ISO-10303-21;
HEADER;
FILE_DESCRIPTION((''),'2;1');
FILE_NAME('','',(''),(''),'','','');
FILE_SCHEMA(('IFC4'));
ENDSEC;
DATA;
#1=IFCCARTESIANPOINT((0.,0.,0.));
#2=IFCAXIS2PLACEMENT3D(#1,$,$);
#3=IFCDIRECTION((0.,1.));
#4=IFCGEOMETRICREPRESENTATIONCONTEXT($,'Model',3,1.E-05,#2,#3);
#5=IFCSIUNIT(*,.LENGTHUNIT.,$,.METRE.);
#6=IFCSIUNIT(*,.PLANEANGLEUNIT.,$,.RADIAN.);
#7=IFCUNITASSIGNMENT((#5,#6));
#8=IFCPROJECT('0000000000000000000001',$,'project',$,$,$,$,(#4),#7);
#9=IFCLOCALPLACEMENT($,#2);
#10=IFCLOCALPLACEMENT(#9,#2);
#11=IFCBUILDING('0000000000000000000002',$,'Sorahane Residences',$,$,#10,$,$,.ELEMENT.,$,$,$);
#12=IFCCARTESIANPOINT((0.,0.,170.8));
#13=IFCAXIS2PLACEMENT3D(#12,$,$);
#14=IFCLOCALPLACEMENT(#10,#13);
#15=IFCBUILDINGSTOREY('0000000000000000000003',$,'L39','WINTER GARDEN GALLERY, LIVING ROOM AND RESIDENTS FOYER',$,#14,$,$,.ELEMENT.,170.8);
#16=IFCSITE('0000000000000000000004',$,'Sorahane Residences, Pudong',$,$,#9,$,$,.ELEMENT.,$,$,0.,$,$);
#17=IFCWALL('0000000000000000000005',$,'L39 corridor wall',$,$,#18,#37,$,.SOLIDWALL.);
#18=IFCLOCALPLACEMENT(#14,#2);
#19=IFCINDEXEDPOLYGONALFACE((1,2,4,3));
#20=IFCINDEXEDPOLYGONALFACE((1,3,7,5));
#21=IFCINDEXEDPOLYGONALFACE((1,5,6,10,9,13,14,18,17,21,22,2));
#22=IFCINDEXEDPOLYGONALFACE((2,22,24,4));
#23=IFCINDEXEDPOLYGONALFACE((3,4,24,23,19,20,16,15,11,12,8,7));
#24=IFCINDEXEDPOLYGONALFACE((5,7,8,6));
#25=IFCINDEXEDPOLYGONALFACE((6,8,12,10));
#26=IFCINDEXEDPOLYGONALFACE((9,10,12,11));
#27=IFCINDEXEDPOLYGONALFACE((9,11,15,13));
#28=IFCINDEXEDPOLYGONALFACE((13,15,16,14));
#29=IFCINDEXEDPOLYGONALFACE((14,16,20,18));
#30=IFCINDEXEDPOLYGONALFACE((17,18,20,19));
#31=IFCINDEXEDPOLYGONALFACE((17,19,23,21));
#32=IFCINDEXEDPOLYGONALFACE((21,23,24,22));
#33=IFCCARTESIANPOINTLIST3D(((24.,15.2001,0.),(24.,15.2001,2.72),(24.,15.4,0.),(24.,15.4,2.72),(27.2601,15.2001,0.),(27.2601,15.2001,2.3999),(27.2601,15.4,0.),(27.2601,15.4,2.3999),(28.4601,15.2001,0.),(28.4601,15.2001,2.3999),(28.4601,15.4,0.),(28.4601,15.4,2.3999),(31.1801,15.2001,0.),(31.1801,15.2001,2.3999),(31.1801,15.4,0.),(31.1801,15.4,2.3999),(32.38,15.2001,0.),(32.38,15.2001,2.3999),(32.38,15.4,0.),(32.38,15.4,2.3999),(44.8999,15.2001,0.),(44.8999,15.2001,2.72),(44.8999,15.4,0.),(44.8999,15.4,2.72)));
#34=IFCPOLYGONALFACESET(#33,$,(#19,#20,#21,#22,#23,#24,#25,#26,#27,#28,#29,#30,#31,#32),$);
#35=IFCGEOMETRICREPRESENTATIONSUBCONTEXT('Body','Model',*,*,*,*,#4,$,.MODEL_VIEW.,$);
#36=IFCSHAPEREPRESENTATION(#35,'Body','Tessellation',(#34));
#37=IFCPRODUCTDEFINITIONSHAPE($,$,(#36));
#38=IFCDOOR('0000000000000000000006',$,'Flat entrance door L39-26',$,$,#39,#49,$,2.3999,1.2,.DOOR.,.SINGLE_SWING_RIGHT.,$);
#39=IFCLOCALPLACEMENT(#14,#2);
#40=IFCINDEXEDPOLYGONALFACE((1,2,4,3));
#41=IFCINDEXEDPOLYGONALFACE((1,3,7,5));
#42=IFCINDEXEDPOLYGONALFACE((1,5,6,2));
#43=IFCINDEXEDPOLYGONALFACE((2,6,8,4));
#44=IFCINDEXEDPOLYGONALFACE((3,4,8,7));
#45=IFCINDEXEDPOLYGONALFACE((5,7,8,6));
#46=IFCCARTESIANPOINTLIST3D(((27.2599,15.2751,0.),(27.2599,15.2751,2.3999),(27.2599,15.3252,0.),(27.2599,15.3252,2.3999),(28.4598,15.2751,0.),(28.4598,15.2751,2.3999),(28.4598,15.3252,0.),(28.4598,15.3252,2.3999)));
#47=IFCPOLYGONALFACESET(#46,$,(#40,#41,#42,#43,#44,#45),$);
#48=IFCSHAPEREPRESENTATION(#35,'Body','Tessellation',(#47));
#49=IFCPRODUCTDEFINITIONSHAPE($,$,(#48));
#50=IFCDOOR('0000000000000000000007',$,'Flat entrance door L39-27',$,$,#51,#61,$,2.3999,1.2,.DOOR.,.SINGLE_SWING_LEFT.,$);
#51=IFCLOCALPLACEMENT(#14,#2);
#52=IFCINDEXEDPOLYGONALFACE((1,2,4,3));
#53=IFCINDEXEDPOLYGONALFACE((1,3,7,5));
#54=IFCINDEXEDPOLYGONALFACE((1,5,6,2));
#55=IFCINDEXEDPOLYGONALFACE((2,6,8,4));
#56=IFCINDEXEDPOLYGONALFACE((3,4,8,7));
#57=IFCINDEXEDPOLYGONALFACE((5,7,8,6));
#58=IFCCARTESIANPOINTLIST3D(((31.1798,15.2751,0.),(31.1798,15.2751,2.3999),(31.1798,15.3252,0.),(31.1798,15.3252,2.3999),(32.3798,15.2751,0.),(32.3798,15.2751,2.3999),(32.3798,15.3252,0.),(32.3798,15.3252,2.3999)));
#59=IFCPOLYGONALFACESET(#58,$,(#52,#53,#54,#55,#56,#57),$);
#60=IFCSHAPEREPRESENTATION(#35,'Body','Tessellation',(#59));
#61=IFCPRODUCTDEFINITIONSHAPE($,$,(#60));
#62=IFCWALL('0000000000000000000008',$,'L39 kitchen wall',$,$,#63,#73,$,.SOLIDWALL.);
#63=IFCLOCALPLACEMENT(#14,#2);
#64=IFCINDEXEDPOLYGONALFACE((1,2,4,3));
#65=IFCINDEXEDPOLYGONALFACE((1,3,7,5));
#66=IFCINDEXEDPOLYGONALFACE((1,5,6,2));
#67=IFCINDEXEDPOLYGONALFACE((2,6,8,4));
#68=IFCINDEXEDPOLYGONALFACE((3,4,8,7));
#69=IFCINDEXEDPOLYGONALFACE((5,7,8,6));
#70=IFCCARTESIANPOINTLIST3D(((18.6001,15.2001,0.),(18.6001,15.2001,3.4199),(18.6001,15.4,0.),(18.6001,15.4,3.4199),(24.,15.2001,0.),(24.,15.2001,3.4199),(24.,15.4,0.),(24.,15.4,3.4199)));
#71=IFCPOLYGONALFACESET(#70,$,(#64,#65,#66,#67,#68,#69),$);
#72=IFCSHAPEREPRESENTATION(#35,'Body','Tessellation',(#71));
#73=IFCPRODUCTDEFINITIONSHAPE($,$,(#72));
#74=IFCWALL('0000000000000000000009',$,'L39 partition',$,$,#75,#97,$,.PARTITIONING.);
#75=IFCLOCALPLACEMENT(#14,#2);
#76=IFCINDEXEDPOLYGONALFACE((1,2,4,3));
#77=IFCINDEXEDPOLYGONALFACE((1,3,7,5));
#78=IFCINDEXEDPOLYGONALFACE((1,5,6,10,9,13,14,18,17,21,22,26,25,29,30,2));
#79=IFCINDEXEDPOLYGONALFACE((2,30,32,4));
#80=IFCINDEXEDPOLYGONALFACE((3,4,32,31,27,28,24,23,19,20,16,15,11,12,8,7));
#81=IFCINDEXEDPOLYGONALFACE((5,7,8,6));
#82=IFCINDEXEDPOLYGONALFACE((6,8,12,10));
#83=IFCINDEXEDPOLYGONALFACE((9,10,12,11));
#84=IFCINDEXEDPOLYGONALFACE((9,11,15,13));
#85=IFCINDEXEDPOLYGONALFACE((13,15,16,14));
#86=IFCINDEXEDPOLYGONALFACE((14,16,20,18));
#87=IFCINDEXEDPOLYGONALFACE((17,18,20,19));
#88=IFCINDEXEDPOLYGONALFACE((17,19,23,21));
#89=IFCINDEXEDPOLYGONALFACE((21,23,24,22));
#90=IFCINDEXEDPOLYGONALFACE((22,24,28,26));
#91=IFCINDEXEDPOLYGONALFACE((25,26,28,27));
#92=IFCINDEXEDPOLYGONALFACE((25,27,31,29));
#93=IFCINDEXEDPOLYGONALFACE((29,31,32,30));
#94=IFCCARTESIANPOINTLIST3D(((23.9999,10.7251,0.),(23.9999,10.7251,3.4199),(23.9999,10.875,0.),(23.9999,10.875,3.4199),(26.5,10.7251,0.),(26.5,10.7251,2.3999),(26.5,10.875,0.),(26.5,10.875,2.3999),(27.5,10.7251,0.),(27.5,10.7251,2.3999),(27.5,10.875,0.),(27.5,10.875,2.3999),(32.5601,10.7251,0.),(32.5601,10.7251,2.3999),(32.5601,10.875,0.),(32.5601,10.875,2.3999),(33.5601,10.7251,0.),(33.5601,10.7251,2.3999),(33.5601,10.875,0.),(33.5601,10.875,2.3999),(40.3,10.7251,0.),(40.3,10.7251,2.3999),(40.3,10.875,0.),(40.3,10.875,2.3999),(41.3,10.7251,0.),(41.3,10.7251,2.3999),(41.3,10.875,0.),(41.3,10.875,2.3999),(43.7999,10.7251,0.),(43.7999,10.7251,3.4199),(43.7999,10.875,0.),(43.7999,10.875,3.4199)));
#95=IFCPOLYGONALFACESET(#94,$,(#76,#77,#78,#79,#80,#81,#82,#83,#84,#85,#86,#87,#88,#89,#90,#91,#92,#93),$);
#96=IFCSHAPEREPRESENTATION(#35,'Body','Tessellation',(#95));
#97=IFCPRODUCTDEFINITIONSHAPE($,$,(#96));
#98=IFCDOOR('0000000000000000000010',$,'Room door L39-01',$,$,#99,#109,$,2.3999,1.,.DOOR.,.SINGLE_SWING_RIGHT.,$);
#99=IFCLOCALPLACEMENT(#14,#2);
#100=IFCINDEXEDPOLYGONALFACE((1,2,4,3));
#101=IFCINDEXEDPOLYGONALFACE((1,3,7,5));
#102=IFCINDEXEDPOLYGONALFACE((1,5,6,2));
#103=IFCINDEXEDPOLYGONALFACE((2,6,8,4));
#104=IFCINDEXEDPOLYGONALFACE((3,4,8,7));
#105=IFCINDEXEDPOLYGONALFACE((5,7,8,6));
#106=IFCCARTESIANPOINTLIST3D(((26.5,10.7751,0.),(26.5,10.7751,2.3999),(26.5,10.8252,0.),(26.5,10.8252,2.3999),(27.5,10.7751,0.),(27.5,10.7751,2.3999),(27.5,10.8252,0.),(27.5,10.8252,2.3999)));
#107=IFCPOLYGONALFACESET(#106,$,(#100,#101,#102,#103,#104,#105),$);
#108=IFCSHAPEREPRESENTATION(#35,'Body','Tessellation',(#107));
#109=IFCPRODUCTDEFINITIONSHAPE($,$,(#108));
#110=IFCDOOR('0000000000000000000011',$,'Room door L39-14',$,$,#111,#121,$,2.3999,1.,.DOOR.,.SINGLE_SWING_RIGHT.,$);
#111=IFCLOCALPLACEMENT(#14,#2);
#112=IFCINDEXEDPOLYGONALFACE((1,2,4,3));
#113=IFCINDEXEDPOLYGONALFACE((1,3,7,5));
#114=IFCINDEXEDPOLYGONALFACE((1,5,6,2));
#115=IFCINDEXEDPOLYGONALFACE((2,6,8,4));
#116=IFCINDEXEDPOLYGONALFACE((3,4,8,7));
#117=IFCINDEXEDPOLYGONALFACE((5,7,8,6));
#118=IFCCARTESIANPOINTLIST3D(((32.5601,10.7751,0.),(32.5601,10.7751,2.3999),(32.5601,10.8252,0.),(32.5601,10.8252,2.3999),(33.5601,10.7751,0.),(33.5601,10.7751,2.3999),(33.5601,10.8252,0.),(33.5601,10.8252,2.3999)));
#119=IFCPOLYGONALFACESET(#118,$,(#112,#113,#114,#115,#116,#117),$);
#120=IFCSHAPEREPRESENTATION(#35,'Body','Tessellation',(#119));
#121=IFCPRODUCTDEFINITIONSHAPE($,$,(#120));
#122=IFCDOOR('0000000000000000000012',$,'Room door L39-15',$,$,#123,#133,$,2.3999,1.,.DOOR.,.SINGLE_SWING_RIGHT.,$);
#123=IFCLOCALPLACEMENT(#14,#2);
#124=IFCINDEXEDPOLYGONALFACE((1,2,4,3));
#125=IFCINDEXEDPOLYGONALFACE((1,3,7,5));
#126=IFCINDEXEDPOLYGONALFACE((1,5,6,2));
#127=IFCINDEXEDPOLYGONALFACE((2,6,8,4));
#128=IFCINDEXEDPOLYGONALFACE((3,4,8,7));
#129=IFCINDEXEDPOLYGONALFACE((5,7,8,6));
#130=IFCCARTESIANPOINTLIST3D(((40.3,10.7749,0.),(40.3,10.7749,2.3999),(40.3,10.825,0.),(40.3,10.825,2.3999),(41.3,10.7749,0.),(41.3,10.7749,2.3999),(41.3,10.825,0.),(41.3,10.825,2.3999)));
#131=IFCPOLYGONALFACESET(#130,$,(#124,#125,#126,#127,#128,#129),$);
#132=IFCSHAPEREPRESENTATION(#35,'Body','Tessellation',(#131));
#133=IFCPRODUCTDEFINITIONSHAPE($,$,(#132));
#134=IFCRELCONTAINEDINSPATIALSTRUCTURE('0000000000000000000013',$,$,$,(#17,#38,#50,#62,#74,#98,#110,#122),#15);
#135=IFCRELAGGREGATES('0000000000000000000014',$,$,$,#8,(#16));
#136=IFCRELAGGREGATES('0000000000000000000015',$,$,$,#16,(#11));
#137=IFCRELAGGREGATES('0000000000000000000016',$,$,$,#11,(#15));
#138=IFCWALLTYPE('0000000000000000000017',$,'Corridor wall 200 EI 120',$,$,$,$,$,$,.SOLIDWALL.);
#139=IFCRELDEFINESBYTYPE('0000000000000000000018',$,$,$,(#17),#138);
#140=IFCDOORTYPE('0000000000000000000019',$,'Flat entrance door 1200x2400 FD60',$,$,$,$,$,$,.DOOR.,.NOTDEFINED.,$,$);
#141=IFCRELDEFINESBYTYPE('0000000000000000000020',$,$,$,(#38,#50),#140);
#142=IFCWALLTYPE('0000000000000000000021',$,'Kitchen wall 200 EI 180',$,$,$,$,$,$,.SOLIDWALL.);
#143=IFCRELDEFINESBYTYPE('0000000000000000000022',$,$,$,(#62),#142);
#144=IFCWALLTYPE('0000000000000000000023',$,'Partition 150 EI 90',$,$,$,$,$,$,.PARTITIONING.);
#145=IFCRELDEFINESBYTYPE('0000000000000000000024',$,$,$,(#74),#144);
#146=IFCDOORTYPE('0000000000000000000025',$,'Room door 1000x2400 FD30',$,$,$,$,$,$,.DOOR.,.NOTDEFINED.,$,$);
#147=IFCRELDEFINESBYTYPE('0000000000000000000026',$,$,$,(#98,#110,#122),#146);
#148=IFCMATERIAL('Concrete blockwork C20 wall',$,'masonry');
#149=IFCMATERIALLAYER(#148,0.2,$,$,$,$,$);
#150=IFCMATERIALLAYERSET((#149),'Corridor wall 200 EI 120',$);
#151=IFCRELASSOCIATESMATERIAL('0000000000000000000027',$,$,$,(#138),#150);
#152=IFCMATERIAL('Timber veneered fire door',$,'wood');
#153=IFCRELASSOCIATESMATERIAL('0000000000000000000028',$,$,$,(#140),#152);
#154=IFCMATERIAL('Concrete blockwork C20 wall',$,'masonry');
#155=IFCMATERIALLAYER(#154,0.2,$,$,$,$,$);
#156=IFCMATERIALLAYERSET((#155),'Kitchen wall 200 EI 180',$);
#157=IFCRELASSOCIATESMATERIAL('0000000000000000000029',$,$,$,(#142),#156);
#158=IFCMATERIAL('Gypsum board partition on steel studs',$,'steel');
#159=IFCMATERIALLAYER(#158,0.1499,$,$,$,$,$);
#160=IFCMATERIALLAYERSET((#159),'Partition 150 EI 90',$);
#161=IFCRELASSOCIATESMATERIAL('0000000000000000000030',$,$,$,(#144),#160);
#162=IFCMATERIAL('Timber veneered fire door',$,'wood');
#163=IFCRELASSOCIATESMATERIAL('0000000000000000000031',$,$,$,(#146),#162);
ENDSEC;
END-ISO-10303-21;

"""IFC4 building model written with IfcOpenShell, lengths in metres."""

from ifc_helpers import new_model, si_unit, direction, frame, frame_2d, origin, place, context, subcontext, project, spatial, rectangle, extrude, material, layer, layer_set, type_object, element, fill, save


model = new_model("IFC4")

# Units and contexts
model_context = context("Model", 3, precision=1e-05, world=origin(), true_north=direction((0.0, 1.0)))
body_context = subcontext(model_context, "Body", "Model", "MODEL_VIEW")
ifc_project = project(units=[si_unit("LENGTHUNIT", "METRE"), si_unit("PLANEANGLEUNIT", "RADIAN")], contexts=[model_context])

# Site, building, storey
site_placement = place(None, origin())
site = spatial("IfcSite", under=ifc_project, at=site_placement, Name="Sorahane Residences, Pudong", CompositionType="ELEMENT", RefElevation=0.0)
building_placement = place(site_placement, origin())
building = spatial("IfcBuilding", under=site, at=building_placement, Name="Sorahane Residences", CompositionType="ELEMENT")
storey_placement = place(building_placement, frame((0.0, 0.0, 170.8)))
storey = spatial("IfcBuildingStorey", under=building, at=storey_placement, Name="L39", Description="WINTER GARDEN GALLERY, LIVING ROOM AND RESIDENTS FOYER", CompositionType="ELEMENT", Elevation=170.8)

# Wall, openings, doors
ifc_material_1 = material(Name="Concrete blockwork C20 wall", Category="masonry")
ifc_layer_1 = layer(ifc_material_1, 0.2)
ifc_layer_set_1 = layer_set([ifc_layer_1], Name="Corridor wall 200 EI 120")
wall_type_1 = type_object("IfcWallType", Name="Corridor wall 200 EI 120", PredefinedType="SOLIDWALL", material=ifc_layer_set_1)
wall_1_placement = place(storey_placement, frame((24.0, 15.3, 0.0), z_axis=(0.0, 0.0, 1.0), x_axis=(1.0, 0.0, 0.0)))
wall_1 = element("IfcWall", 1, at=wall_1_placement, inside=storey, type_object=wall_type_1, Name="L39 corridor wall", PredefinedType="SOLIDWALL", context=body_context, shape_type="SweptSolid", body=[
    extrude(rectangle(XDim=20.8999, YDim=0.2, at=frame_2d((10.45, 0.0))), origin(), (0.0, 0.0, 1.0), 2.72),
])
opening_1_placement = place(wall_1_placement, frame((3.26, 0.0, 0.0)))
opening_1 = element("IfcOpeningElement", 2, at=opening_1_placement, cuts=wall_1, PredefinedType="OPENING", context=body_context, shape_type="SweptSolid", body=[
    extrude(rectangle(XDim=1.2, YDim=2.3999, at=frame_2d((0.6001, 1.2))), frame((0.0, 0.1099, 0.0), z_axis=(0.0, -1.0, 0.0), x_axis=(1.0, 0.0, 0.0)), (0.0, 0.0, 1.0), 0.22),
])
opening_2_placement = place(wall_1_placement, frame((7.1799, 0.0, 0.0)))
opening_2 = element("IfcOpeningElement", 3, at=opening_2_placement, cuts=wall_1, PredefinedType="OPENING", context=body_context, shape_type="SweptSolid", body=[
    extrude(rectangle(XDim=1.2, YDim=2.3999, at=frame_2d((0.6001, 1.2))), frame((0.0, 0.1099, 0.0), z_axis=(0.0, -1.0, 0.0), x_axis=(1.0, 0.0, 0.0)), (0.0, 0.0, 1.0), 0.22),
])
ifc_material_2 = material(Name="Timber veneered fire door", Category="wood")
door_type_1 = type_object("IfcDoorType", Name="Flat entrance door 1200x2400 FD60", OperationType="NOTDEFINED", PredefinedType="DOOR", material=ifc_material_2)
door_1_placement = place(opening_1_placement, frame((1.2, 0.0, 0.0), z_axis=(0.0, 0.0, 1.0), x_axis=(-1.0, 0.0, 0.0)))
door_1 = element("IfcDoor", 4, at=door_1_placement, inside=storey, type_object=door_type_1, Name="Flat entrance door L39-26", OperationType="SINGLE_SWING_RIGHT", OverallHeight=2.3999, OverallWidth=1.2, PredefinedType="DOOR", context=body_context, shape_type="SweptSolid", body=[
    extrude(rectangle(XDim=1.2, YDim=2.3999, at=frame_2d((0.6001, 1.2))), frame((0.0, 0.0249, 0.0), z_axis=(0.0, -1.0, 0.0), x_axis=(1.0, 0.0, 0.0)), (0.0, 0.0, 1.0), 0.05),
])
fill(opening_1, door_1)
door_2_placement = place(opening_2_placement, frame((1.2, 0.0, 0.0), z_axis=(0.0, 0.0, 1.0), x_axis=(-1.0, 0.0, 0.0)))
door_2 = element("IfcDoor", 5, at=door_2_placement, inside=storey, type_object=door_type_1, Name="Flat entrance door L39-27", OperationType="SINGLE_SWING_LEFT", OverallHeight=2.3999, OverallWidth=1.2, PredefinedType="DOOR", context=body_context, shape_type="SweptSolid", body=[
    extrude(rectangle(XDim=1.2, YDim=2.3999, at=frame_2d((0.6001, 1.2))), frame((0.0, 0.0249, 0.0), z_axis=(0.0, -1.0, 0.0), x_axis=(1.0, 0.0, 0.0)), (0.0, 0.0, 1.0), 0.05),
])
fill(opening_2, door_2)

# Wall
ifc_material_3 = material(Name="Concrete blockwork C20 wall", Category="masonry")
ifc_layer_2 = layer(ifc_material_3, 0.2)
ifc_layer_set_2 = layer_set([ifc_layer_2], Name="Kitchen wall 200 EI 180")
wall_type_2 = type_object("IfcWallType", Name="Kitchen wall 200 EI 180", PredefinedType="SOLIDWALL", material=ifc_layer_set_2)
wall_2_placement = place(storey_placement, frame((18.6001, 15.3, 0.0), z_axis=(0.0, 0.0, 1.0), x_axis=(1.0, 0.0, 0.0)))
element("IfcWall", 6, at=wall_2_placement, inside=storey, type_object=wall_type_2, Name="L39 kitchen wall", PredefinedType="SOLIDWALL", context=body_context, shape_type="SweptSolid", body=[
    extrude(rectangle(XDim=5.3999, YDim=0.2, at=frame_2d((2.7, 0.0))), origin(), (0.0, 0.0, 1.0), 3.4199),
])

# Wall, openings, doors
ifc_material_4 = material(Name="Gypsum board partition on steel studs", Category="steel")
ifc_layer_3 = layer(ifc_material_4, 0.1499)
ifc_layer_set_3 = layer_set([ifc_layer_3], Name="Partition 150 EI 90")
wall_type_3 = type_object("IfcWallType", Name="Partition 150 EI 90", PredefinedType="PARTITIONING", material=ifc_layer_set_3)
wall_3_placement = place(storey_placement, frame((24.0, 10.8, 0.0), z_axis=(0.0, 0.0, 1.0), x_axis=(1.0, 0.0, 0.0)))
wall_3 = element("IfcWall", 7, at=wall_3_placement, inside=storey, type_object=wall_type_3, Name="L39 partition", PredefinedType="PARTITIONING", context=body_context, shape_type="SweptSolid", body=[
    extrude(rectangle(XDim=19.8, YDim=0.1499, at=frame_2d((9.8999, 0.0))), origin(), (0.0, 0.0, 1.0), 3.4199),
])
opening_3_placement = place(wall_3_placement, frame((2.5, 0.0, 0.0)))
opening_3 = element("IfcOpeningElement", 8, at=opening_3_placement, cuts=wall_3, PredefinedType="OPENING", context=body_context, shape_type="SweptSolid", body=[
    extrude(rectangle(XDim=1.0, YDim=2.3999, at=frame_2d((0.5, 1.2))), frame((0.0, 0.085, 0.0), z_axis=(0.0, -1.0, 0.0), x_axis=(1.0, 0.0, 0.0)), (0.0, 0.0, 1.0), 0.1699),
])
opening_4_placement = place(wall_3_placement, frame((8.5601, 0.0, 0.0)))
opening_4 = element("IfcOpeningElement", 9, at=opening_4_placement, cuts=wall_3, PredefinedType="OPENING", context=body_context, shape_type="SweptSolid", body=[
    extrude(rectangle(XDim=1.0, YDim=2.3999, at=frame_2d((0.5, 1.2))), frame((0.0, 0.085, 0.0), z_axis=(0.0, -1.0, 0.0), x_axis=(1.0, 0.0, 0.0)), (0.0, 0.0, 1.0), 0.1699),
])
opening_5_placement = place(wall_3_placement, frame((16.3, 0.0, 0.0)))
opening_5 = element("IfcOpeningElement", 10, at=opening_5_placement, cuts=wall_3, PredefinedType="OPENING", context=body_context, shape_type="SweptSolid", body=[
    extrude(rectangle(XDim=1.0, YDim=2.3999, at=frame_2d((0.5, 1.2))), frame((0.0, 0.085, 0.0), z_axis=(0.0, -1.0, 0.0), x_axis=(1.0, 0.0, 0.0)), (0.0, 0.0, 1.0), 0.1699),
])
ifc_material_5 = material(Name="Timber veneered fire door", Category="wood")
door_type_2 = type_object("IfcDoorType", Name="Room door 1000x2400 FD30", OperationType="NOTDEFINED", PredefinedType="DOOR", material=ifc_material_5)
door_3_placement = place(opening_3_placement, frame((1.0, 0.0, 0.0), z_axis=(0.0, 0.0, 1.0), x_axis=(-1.0, 0.0, 0.0)))
door_3 = element("IfcDoor", 11, at=door_3_placement, inside=storey, type_object=door_type_2, Name="Room door L39-01", OperationType="SINGLE_SWING_RIGHT", OverallHeight=2.3999, OverallWidth=1.0, PredefinedType="DOOR", context=body_context, shape_type="SweptSolid", body=[
    extrude(rectangle(XDim=1.0, YDim=2.3999, at=frame_2d((0.5, 1.2))), frame((0.0, 0.0249, 0.0), z_axis=(0.0, -1.0, 0.0), x_axis=(1.0, 0.0, 0.0)), (0.0, 0.0, 1.0), 0.05),
])
fill(opening_3, door_3)
door_4_placement = place(opening_4_placement, frame((1.0, 0.0, 0.0), z_axis=(0.0, 0.0, 1.0), x_axis=(-1.0, 0.0, 0.0)))
door_4 = element("IfcDoor", 12, at=door_4_placement, inside=storey, type_object=door_type_2, Name="Room door L39-14", OperationType="SINGLE_SWING_RIGHT", OverallHeight=2.3999, OverallWidth=1.0, PredefinedType="DOOR", context=body_context, shape_type="SweptSolid", body=[
    extrude(rectangle(XDim=1.0, YDim=2.3999, at=frame_2d((0.5, 1.2))), frame((0.0, 0.0249, 0.0), z_axis=(0.0, -1.0, 0.0), x_axis=(1.0, 0.0, 0.0)), (0.0, 0.0, 1.0), 0.05),
])
fill(opening_4, door_4)
door_5_placement = place(opening_5_placement, origin())
door_5 = element("IfcDoor", 13, at=door_5_placement, inside=storey, type_object=door_type_2, Name="Room door L39-15", OperationType="SINGLE_SWING_RIGHT", OverallHeight=2.3999, OverallWidth=1.0, PredefinedType="DOOR", context=body_context, shape_type="SweptSolid", body=[
    extrude(rectangle(XDim=1.0, YDim=2.3999, at=frame_2d((0.5, 1.2))), frame((0.0, 0.0249, 0.0), z_axis=(0.0, -1.0, 0.0), x_axis=(1.0, 0.0, 0.0)), (0.0, 0.0, 1.0), 0.05),
])
fill(opening_5, door_5)

save(model, "model.ifc")
